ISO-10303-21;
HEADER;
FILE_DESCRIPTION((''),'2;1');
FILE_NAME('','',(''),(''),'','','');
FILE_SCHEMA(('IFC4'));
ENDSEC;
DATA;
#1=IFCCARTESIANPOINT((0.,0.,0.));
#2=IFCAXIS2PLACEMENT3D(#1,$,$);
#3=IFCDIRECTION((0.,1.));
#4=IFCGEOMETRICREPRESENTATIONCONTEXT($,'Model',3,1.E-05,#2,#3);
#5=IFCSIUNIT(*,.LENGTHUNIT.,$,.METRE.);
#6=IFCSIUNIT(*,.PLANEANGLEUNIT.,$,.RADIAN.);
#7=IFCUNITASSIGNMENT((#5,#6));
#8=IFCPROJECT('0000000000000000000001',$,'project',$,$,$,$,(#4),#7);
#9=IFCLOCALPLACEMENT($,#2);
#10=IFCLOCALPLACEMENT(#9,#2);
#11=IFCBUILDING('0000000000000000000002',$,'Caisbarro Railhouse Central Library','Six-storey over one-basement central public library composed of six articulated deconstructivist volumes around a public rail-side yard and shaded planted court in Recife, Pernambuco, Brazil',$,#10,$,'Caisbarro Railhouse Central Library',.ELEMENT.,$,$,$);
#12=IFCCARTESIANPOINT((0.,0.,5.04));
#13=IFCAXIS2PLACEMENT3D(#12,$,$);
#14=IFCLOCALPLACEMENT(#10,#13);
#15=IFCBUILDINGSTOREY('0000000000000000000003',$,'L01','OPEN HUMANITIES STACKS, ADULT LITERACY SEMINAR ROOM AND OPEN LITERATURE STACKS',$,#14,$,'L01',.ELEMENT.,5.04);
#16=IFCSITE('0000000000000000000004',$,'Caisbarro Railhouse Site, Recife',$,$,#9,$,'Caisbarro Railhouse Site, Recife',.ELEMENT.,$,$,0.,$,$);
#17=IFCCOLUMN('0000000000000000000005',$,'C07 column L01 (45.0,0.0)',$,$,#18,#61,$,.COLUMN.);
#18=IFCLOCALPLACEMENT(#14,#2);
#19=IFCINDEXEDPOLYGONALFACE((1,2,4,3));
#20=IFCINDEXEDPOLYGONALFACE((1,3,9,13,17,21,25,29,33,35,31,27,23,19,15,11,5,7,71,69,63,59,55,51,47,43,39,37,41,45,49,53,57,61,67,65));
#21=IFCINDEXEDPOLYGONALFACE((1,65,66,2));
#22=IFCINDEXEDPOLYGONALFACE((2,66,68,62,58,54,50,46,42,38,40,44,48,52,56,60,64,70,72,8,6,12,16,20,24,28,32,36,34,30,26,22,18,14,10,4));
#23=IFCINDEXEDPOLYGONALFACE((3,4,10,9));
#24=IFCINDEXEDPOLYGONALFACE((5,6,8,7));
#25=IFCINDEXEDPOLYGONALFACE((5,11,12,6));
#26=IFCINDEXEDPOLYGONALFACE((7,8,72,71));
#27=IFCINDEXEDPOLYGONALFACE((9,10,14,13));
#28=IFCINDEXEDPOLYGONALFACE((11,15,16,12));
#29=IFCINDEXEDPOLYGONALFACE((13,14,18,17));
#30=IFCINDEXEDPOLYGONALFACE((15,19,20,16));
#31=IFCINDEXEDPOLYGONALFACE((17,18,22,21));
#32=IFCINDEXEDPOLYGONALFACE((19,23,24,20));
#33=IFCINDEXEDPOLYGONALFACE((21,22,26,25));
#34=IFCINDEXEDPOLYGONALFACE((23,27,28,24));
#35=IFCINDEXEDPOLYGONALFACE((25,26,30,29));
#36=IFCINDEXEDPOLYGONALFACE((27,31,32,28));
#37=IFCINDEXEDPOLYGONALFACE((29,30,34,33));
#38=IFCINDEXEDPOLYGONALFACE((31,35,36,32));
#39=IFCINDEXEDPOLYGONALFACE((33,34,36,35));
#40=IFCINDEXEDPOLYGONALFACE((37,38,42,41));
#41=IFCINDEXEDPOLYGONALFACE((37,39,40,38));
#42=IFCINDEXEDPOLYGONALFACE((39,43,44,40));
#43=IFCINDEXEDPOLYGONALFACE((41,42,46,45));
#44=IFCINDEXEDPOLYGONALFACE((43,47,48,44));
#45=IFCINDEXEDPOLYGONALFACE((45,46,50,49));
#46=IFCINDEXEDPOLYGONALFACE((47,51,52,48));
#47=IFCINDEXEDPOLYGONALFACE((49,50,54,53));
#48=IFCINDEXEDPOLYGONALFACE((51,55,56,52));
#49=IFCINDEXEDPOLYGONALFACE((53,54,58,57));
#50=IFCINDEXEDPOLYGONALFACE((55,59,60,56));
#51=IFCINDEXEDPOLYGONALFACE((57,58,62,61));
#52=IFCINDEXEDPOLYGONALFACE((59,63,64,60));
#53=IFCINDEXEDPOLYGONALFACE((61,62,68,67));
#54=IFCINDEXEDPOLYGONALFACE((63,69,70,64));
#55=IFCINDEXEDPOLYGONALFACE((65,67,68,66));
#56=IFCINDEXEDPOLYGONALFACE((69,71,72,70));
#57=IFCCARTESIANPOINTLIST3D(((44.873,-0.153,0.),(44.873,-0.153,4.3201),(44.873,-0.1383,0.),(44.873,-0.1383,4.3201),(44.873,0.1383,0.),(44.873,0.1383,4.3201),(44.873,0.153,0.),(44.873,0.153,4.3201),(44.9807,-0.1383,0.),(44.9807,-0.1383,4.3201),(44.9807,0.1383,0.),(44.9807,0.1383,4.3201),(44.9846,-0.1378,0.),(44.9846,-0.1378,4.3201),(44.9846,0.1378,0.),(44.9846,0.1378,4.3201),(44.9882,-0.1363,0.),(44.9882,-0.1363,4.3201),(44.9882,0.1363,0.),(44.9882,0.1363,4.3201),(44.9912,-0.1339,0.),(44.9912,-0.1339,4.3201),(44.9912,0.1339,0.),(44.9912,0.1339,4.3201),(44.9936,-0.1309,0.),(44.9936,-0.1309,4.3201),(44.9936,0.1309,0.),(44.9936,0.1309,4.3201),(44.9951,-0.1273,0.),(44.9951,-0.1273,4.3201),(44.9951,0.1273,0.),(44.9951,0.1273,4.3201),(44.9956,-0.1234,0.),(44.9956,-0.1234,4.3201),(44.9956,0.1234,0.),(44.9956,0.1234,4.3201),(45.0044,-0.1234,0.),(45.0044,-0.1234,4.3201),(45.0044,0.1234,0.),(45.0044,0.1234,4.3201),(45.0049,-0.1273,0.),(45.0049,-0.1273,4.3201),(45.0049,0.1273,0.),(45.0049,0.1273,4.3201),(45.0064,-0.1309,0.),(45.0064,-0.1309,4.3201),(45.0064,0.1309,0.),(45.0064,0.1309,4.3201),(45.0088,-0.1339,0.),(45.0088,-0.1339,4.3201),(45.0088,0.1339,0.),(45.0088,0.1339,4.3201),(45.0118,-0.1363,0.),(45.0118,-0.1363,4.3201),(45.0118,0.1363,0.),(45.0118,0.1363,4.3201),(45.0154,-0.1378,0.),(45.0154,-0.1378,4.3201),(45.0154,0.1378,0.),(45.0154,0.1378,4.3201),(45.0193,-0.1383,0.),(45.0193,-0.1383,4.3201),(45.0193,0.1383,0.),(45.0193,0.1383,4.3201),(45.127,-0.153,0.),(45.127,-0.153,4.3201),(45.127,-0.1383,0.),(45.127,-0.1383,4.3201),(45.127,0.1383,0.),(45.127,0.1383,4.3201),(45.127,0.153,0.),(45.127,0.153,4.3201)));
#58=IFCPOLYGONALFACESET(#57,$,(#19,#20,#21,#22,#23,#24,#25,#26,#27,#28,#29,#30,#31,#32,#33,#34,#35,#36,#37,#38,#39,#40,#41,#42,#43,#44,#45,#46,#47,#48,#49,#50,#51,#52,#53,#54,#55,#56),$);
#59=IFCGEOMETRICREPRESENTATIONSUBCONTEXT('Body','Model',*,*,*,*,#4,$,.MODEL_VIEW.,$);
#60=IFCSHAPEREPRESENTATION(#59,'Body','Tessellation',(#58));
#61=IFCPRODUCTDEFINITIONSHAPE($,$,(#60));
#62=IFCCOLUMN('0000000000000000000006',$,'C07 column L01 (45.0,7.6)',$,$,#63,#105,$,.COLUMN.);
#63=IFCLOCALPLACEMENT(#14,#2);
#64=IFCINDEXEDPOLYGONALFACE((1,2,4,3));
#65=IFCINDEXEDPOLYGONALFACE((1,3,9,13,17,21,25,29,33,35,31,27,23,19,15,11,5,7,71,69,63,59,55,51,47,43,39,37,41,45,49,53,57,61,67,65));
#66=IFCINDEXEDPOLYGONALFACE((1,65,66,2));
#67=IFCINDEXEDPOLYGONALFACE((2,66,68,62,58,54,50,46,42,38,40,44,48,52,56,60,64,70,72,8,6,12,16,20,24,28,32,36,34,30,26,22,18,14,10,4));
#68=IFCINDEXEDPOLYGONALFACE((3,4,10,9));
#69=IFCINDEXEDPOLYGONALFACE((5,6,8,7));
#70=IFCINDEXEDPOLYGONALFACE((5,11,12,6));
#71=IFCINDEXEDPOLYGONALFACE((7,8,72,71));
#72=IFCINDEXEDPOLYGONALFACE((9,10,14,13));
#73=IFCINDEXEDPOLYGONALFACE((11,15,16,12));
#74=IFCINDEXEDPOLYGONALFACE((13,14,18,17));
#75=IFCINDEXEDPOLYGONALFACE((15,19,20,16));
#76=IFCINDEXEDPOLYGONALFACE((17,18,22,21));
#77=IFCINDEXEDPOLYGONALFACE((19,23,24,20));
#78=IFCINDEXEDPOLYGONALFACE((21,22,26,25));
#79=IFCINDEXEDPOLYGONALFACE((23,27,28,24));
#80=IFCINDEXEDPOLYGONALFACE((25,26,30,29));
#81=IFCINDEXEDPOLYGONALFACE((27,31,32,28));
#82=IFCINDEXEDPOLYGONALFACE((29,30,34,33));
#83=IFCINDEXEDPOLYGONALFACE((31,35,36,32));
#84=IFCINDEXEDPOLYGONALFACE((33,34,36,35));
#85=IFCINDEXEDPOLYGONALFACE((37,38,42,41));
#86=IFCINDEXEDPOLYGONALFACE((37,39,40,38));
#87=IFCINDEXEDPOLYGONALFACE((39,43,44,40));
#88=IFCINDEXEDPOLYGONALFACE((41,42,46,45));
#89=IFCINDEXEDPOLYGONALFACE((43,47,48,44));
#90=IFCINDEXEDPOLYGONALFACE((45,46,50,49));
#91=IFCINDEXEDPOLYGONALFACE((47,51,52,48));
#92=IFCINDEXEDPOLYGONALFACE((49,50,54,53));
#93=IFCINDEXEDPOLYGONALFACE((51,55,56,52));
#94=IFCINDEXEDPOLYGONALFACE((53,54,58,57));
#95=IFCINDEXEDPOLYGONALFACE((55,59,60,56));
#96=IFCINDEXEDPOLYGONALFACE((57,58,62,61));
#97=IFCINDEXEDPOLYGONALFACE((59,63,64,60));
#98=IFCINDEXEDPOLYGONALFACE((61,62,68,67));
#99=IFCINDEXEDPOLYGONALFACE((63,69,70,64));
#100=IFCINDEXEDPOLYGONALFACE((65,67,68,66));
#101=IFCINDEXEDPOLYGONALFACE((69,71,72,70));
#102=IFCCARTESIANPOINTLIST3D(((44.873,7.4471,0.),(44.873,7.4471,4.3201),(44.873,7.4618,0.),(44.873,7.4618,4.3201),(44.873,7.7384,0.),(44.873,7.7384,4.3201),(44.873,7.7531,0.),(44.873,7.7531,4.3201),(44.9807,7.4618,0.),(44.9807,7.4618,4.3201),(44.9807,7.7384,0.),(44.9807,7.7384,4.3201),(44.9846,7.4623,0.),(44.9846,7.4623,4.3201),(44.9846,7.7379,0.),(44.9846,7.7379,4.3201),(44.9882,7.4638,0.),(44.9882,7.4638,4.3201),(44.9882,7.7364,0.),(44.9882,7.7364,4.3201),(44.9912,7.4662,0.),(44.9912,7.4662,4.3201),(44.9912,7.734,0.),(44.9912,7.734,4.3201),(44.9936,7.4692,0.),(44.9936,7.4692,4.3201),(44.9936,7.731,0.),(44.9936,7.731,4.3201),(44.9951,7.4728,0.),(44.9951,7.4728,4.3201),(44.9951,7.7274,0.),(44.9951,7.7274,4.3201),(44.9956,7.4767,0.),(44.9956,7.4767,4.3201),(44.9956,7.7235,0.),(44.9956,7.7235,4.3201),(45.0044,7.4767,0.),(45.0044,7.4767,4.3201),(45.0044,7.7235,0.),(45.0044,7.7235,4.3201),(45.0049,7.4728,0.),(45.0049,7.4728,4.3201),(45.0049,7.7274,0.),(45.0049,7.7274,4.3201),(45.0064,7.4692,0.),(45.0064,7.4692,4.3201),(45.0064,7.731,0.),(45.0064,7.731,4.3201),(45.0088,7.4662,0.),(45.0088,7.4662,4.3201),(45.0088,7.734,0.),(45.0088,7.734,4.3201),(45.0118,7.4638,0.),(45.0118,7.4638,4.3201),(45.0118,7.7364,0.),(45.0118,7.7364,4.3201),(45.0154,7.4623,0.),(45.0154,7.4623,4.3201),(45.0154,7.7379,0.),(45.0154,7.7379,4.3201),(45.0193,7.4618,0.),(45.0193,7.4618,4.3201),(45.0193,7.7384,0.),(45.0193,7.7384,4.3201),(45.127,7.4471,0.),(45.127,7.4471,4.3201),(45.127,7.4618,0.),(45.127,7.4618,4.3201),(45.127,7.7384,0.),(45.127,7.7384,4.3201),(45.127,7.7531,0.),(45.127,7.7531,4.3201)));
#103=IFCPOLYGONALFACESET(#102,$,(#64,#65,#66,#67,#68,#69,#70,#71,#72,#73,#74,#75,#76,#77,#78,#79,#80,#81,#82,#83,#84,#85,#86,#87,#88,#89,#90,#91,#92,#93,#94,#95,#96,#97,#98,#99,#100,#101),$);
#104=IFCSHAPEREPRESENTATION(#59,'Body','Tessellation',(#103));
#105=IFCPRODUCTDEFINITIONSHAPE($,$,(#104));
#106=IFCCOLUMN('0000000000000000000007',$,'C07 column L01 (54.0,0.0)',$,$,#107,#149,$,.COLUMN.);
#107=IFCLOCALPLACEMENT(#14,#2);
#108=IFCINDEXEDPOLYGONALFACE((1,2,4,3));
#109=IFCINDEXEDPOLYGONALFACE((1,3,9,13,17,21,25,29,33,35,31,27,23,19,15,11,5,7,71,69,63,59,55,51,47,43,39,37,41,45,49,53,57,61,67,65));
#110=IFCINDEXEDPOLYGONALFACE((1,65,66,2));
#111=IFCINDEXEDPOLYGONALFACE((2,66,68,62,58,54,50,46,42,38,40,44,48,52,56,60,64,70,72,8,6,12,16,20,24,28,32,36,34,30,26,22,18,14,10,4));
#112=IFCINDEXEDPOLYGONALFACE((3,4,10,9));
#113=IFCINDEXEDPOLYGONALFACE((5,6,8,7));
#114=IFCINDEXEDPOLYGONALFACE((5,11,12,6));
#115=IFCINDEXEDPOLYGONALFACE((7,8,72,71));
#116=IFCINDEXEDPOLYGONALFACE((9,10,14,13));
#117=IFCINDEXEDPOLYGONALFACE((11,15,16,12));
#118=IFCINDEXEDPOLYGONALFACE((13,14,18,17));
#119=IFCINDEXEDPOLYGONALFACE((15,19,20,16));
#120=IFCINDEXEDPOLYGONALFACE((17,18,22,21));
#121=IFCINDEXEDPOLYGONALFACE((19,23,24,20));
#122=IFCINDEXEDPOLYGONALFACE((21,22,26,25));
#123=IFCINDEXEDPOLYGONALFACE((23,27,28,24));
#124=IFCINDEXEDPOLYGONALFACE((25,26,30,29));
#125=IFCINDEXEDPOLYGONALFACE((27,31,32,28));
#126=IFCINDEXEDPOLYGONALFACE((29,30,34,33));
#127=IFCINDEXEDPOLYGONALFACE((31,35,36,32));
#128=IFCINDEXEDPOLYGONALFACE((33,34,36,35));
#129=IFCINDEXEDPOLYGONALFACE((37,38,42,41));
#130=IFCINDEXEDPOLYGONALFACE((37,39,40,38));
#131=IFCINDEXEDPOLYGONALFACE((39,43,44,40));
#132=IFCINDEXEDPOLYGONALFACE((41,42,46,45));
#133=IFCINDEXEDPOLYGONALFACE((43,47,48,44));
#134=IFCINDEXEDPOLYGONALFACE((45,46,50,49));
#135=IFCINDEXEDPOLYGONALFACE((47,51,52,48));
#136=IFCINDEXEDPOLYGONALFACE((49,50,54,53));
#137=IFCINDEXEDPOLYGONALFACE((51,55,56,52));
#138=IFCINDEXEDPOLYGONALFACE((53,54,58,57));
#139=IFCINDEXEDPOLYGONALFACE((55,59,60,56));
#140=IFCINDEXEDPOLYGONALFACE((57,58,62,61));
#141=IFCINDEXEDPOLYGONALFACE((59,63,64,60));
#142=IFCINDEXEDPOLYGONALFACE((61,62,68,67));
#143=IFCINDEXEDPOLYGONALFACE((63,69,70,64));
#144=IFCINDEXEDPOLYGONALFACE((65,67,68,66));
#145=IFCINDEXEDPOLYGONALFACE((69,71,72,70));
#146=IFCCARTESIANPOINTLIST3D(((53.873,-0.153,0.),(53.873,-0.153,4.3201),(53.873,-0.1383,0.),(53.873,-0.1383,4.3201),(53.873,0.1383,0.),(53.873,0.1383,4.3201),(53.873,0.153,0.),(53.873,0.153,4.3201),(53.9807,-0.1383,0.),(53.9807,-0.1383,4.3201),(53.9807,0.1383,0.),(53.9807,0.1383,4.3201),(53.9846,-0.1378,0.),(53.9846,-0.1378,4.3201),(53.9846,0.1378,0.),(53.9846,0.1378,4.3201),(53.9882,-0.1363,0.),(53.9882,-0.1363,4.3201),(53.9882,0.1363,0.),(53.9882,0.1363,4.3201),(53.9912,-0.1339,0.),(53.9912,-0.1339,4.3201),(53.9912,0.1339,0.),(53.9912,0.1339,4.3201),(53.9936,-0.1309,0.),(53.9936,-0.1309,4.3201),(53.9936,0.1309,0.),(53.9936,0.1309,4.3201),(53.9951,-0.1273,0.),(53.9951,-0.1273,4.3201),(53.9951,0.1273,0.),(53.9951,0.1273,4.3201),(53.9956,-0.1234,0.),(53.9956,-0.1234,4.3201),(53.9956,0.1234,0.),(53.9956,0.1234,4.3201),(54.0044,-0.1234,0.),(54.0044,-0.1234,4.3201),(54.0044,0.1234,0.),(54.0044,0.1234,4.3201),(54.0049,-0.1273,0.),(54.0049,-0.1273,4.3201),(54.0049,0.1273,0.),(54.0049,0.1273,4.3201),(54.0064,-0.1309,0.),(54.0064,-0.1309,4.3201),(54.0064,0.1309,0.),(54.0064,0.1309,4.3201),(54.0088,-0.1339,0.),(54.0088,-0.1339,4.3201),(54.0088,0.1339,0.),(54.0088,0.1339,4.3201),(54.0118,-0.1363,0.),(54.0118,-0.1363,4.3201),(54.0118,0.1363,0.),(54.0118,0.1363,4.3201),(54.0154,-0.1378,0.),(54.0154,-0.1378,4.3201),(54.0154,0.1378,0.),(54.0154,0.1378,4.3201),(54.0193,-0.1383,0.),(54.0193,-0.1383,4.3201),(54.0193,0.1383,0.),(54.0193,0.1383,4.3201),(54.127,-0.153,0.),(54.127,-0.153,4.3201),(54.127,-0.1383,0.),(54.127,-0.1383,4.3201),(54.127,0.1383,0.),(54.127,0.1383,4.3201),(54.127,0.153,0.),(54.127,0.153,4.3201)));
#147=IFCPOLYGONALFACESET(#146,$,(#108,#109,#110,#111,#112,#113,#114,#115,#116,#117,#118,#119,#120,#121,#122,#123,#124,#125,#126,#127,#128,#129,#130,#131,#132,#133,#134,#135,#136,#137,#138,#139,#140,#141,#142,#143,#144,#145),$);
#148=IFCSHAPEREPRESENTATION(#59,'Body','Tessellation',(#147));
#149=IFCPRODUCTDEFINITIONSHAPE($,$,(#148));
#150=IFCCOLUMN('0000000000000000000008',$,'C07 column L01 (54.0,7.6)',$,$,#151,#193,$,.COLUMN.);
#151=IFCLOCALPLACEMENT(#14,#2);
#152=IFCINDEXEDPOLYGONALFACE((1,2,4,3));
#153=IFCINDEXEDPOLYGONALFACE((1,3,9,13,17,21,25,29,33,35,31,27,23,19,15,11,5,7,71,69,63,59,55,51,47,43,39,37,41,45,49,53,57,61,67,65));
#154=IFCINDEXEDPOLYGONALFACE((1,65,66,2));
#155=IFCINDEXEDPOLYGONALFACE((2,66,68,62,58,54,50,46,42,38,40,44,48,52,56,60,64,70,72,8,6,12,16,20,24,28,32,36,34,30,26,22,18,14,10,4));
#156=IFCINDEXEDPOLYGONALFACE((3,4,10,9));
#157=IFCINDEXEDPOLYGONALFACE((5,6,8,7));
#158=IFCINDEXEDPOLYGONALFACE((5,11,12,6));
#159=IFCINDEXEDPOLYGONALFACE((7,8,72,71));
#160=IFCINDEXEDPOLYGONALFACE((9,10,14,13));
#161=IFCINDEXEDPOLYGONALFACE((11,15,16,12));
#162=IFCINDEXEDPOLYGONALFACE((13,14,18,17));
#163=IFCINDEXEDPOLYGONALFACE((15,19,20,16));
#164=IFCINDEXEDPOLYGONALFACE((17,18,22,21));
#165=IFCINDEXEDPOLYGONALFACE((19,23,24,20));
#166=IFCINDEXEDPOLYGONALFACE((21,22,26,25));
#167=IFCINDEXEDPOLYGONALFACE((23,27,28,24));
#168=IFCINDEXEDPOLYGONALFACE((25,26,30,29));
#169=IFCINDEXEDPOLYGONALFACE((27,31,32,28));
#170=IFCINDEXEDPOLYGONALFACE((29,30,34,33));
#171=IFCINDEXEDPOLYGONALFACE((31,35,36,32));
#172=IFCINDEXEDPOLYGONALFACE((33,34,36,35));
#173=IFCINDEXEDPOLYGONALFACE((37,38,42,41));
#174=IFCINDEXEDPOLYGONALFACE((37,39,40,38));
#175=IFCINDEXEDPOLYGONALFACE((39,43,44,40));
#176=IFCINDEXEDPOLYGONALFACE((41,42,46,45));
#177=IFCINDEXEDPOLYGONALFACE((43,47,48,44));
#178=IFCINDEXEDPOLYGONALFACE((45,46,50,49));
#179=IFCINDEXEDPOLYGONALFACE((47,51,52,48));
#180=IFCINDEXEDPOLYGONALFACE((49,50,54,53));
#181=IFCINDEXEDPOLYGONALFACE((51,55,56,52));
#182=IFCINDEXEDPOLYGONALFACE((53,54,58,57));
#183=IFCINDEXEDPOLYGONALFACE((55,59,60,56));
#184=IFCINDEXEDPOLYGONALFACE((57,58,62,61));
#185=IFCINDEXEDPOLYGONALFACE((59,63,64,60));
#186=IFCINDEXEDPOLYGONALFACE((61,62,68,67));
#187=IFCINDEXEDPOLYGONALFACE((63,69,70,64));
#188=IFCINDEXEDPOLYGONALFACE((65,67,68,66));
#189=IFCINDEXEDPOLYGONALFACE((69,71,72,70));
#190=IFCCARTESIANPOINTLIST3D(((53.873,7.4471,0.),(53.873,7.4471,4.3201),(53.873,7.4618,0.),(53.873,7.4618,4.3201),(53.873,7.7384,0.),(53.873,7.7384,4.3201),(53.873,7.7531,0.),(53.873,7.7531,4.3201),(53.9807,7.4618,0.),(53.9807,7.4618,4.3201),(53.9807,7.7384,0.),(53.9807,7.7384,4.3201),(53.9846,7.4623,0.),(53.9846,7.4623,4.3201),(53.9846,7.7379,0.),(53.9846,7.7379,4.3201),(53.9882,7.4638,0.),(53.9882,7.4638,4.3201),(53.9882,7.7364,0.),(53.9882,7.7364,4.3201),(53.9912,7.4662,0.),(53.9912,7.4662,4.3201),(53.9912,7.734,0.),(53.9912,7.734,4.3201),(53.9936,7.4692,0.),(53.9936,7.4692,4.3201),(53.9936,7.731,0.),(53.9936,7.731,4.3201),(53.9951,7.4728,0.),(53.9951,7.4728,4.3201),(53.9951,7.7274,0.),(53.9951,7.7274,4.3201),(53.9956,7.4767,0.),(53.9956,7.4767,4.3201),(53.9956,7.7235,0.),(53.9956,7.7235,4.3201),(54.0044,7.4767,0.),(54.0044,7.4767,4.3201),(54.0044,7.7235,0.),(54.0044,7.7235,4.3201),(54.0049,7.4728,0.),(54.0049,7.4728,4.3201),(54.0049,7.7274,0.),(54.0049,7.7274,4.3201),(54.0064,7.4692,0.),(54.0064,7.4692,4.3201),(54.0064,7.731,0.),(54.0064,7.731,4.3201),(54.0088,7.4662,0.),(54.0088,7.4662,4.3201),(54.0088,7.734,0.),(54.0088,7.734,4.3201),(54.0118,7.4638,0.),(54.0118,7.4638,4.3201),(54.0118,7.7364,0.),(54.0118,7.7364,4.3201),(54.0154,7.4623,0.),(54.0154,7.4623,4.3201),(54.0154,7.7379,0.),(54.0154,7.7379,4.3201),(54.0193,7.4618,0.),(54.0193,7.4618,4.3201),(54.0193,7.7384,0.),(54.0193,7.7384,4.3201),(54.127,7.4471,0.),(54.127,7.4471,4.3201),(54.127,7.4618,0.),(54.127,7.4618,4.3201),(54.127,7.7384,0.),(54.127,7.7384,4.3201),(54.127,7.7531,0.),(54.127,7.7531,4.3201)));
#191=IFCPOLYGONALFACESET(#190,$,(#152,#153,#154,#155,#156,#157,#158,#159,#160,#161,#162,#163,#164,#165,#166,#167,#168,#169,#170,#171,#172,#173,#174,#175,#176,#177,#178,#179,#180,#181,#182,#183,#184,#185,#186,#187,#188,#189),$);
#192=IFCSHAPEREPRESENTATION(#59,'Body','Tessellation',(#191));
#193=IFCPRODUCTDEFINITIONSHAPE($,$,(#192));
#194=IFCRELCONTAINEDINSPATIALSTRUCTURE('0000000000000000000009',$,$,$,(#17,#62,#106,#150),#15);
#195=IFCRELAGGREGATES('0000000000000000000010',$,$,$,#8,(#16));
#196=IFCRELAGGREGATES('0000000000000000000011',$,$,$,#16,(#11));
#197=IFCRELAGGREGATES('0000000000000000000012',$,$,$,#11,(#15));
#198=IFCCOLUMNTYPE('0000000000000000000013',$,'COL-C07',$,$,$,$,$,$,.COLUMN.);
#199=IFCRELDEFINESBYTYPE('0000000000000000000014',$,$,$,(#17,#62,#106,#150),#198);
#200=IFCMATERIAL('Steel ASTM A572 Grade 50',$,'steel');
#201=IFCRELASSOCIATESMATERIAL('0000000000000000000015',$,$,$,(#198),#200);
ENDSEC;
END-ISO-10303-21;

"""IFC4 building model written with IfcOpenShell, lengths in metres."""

from ifc_helpers import new_model, si_unit, direction, frame, origin, origin_2d, place, context, subcontext, project, spatial, i_section, extrude, material, material_profile, profile_set, type_object, element, save


model = new_model("IFC4")

# Units and contexts
model_context = context("Model", 3, precision=1e-05, world=origin(), true_north=direction((0.0, 1.0)))
body_context = subcontext(model_context, "Body", "Model", "MODEL_VIEW")
ifc_project = project(units=[si_unit("LENGTHUNIT", "METRE"), si_unit("PLANEANGLEUNIT", "RADIAN")], contexts=[model_context])

# Site, building, storey
site_placement = place(None, origin())
site = spatial("IfcSite", under=ifc_project, at=site_placement, Name="Caisbarro Railhouse Site, Recife", LongName="Caisbarro Railhouse Site, Recife", CompositionType="ELEMENT", RefElevation=0.0)
building_placement = place(site_placement, origin())
building = spatial("IfcBuilding", under=site, at=building_placement, Name="Caisbarro Railhouse Central Library", Description="Six-storey over one-basement central public library composed of six articulated deconstructivist volumes around a public rail-side yard and shaded planted court in Recife, Pernambuco, Brazil", LongName="Caisbarro Railhouse Central Library", CompositionType="ELEMENT")
storey_placement = place(building_placement, frame((0.0, 0.0, 5.04)))
storey = spatial("IfcBuildingStorey", under=building, at=storey_placement, Name="L01", Description="OPEN HUMANITIES STACKS, ADULT LITERACY SEMINAR ROOM AND OPEN LITERATURE STACKS", LongName="L01", CompositionType="ELEMENT", Elevation=5.04)

# Columns
ifc_material_1 = material(Name="Steel ASTM A572 Grade 50", Category="steel")
ifc_material_profile_1 = material_profile(ifc_material_1, i_section(OverallWidth=0.2539, OverallDepth=0.3059, WebThickness=0.0088, FlangeThickness=0.0146, FilletRadius=0.0149, at=origin_2d()), Name="W310X79.0")
ifc_profile_set_1 = profile_set([ifc_material_profile_1], Name="Steel ASTM A572 Grade 50")
column_type = type_object("IfcColumnType", Name="COL-C07", PredefinedType="COLUMN", material=ifc_profile_set_1)
for number, where, z_axis, x_axis, name in (
    (1, (45.0, 0.0, 0.0), (0.0, 0.0, 1.0), (1.0, 0.0, 0.0), "C07 column L01 (45.0,0.0)"),
    (2, (45.0, 7.6001, 0.0), (0.0, 0.0, 1.0), (1.0, 0.0, 0.0), "C07 column L01 (45.0,7.6)"),
    (3, (54.0, 0.0, 0.0), (0.0, 0.0, 1.0), (1.0, 0.0, 0.0), "C07 column L01 (54.0,0.0)"),
    (4, (54.0, 7.6001, 0.0), (0.0, 0.0, 1.0), (1.0, 0.0, 0.0), "C07 column L01 (54.0,7.6)"),
):
    element("IfcColumn", number, at=place(storey_placement, frame(where, z_axis=z_axis, x_axis=x_axis)), inside=storey, type_object=column_type, Name=name, PredefinedType="COLUMN", context=body_context, shape_type="SweptSolid", body=[
        extrude(i_section(OverallWidth=0.2539, OverallDepth=0.3059, WebThickness=0.0088, FlangeThickness=0.0146, FilletRadius=0.0149, at=origin_2d()), origin(), (0.0, 0.0, 1.0), 4.3201),
    ])

save(model, "model.ifc")
